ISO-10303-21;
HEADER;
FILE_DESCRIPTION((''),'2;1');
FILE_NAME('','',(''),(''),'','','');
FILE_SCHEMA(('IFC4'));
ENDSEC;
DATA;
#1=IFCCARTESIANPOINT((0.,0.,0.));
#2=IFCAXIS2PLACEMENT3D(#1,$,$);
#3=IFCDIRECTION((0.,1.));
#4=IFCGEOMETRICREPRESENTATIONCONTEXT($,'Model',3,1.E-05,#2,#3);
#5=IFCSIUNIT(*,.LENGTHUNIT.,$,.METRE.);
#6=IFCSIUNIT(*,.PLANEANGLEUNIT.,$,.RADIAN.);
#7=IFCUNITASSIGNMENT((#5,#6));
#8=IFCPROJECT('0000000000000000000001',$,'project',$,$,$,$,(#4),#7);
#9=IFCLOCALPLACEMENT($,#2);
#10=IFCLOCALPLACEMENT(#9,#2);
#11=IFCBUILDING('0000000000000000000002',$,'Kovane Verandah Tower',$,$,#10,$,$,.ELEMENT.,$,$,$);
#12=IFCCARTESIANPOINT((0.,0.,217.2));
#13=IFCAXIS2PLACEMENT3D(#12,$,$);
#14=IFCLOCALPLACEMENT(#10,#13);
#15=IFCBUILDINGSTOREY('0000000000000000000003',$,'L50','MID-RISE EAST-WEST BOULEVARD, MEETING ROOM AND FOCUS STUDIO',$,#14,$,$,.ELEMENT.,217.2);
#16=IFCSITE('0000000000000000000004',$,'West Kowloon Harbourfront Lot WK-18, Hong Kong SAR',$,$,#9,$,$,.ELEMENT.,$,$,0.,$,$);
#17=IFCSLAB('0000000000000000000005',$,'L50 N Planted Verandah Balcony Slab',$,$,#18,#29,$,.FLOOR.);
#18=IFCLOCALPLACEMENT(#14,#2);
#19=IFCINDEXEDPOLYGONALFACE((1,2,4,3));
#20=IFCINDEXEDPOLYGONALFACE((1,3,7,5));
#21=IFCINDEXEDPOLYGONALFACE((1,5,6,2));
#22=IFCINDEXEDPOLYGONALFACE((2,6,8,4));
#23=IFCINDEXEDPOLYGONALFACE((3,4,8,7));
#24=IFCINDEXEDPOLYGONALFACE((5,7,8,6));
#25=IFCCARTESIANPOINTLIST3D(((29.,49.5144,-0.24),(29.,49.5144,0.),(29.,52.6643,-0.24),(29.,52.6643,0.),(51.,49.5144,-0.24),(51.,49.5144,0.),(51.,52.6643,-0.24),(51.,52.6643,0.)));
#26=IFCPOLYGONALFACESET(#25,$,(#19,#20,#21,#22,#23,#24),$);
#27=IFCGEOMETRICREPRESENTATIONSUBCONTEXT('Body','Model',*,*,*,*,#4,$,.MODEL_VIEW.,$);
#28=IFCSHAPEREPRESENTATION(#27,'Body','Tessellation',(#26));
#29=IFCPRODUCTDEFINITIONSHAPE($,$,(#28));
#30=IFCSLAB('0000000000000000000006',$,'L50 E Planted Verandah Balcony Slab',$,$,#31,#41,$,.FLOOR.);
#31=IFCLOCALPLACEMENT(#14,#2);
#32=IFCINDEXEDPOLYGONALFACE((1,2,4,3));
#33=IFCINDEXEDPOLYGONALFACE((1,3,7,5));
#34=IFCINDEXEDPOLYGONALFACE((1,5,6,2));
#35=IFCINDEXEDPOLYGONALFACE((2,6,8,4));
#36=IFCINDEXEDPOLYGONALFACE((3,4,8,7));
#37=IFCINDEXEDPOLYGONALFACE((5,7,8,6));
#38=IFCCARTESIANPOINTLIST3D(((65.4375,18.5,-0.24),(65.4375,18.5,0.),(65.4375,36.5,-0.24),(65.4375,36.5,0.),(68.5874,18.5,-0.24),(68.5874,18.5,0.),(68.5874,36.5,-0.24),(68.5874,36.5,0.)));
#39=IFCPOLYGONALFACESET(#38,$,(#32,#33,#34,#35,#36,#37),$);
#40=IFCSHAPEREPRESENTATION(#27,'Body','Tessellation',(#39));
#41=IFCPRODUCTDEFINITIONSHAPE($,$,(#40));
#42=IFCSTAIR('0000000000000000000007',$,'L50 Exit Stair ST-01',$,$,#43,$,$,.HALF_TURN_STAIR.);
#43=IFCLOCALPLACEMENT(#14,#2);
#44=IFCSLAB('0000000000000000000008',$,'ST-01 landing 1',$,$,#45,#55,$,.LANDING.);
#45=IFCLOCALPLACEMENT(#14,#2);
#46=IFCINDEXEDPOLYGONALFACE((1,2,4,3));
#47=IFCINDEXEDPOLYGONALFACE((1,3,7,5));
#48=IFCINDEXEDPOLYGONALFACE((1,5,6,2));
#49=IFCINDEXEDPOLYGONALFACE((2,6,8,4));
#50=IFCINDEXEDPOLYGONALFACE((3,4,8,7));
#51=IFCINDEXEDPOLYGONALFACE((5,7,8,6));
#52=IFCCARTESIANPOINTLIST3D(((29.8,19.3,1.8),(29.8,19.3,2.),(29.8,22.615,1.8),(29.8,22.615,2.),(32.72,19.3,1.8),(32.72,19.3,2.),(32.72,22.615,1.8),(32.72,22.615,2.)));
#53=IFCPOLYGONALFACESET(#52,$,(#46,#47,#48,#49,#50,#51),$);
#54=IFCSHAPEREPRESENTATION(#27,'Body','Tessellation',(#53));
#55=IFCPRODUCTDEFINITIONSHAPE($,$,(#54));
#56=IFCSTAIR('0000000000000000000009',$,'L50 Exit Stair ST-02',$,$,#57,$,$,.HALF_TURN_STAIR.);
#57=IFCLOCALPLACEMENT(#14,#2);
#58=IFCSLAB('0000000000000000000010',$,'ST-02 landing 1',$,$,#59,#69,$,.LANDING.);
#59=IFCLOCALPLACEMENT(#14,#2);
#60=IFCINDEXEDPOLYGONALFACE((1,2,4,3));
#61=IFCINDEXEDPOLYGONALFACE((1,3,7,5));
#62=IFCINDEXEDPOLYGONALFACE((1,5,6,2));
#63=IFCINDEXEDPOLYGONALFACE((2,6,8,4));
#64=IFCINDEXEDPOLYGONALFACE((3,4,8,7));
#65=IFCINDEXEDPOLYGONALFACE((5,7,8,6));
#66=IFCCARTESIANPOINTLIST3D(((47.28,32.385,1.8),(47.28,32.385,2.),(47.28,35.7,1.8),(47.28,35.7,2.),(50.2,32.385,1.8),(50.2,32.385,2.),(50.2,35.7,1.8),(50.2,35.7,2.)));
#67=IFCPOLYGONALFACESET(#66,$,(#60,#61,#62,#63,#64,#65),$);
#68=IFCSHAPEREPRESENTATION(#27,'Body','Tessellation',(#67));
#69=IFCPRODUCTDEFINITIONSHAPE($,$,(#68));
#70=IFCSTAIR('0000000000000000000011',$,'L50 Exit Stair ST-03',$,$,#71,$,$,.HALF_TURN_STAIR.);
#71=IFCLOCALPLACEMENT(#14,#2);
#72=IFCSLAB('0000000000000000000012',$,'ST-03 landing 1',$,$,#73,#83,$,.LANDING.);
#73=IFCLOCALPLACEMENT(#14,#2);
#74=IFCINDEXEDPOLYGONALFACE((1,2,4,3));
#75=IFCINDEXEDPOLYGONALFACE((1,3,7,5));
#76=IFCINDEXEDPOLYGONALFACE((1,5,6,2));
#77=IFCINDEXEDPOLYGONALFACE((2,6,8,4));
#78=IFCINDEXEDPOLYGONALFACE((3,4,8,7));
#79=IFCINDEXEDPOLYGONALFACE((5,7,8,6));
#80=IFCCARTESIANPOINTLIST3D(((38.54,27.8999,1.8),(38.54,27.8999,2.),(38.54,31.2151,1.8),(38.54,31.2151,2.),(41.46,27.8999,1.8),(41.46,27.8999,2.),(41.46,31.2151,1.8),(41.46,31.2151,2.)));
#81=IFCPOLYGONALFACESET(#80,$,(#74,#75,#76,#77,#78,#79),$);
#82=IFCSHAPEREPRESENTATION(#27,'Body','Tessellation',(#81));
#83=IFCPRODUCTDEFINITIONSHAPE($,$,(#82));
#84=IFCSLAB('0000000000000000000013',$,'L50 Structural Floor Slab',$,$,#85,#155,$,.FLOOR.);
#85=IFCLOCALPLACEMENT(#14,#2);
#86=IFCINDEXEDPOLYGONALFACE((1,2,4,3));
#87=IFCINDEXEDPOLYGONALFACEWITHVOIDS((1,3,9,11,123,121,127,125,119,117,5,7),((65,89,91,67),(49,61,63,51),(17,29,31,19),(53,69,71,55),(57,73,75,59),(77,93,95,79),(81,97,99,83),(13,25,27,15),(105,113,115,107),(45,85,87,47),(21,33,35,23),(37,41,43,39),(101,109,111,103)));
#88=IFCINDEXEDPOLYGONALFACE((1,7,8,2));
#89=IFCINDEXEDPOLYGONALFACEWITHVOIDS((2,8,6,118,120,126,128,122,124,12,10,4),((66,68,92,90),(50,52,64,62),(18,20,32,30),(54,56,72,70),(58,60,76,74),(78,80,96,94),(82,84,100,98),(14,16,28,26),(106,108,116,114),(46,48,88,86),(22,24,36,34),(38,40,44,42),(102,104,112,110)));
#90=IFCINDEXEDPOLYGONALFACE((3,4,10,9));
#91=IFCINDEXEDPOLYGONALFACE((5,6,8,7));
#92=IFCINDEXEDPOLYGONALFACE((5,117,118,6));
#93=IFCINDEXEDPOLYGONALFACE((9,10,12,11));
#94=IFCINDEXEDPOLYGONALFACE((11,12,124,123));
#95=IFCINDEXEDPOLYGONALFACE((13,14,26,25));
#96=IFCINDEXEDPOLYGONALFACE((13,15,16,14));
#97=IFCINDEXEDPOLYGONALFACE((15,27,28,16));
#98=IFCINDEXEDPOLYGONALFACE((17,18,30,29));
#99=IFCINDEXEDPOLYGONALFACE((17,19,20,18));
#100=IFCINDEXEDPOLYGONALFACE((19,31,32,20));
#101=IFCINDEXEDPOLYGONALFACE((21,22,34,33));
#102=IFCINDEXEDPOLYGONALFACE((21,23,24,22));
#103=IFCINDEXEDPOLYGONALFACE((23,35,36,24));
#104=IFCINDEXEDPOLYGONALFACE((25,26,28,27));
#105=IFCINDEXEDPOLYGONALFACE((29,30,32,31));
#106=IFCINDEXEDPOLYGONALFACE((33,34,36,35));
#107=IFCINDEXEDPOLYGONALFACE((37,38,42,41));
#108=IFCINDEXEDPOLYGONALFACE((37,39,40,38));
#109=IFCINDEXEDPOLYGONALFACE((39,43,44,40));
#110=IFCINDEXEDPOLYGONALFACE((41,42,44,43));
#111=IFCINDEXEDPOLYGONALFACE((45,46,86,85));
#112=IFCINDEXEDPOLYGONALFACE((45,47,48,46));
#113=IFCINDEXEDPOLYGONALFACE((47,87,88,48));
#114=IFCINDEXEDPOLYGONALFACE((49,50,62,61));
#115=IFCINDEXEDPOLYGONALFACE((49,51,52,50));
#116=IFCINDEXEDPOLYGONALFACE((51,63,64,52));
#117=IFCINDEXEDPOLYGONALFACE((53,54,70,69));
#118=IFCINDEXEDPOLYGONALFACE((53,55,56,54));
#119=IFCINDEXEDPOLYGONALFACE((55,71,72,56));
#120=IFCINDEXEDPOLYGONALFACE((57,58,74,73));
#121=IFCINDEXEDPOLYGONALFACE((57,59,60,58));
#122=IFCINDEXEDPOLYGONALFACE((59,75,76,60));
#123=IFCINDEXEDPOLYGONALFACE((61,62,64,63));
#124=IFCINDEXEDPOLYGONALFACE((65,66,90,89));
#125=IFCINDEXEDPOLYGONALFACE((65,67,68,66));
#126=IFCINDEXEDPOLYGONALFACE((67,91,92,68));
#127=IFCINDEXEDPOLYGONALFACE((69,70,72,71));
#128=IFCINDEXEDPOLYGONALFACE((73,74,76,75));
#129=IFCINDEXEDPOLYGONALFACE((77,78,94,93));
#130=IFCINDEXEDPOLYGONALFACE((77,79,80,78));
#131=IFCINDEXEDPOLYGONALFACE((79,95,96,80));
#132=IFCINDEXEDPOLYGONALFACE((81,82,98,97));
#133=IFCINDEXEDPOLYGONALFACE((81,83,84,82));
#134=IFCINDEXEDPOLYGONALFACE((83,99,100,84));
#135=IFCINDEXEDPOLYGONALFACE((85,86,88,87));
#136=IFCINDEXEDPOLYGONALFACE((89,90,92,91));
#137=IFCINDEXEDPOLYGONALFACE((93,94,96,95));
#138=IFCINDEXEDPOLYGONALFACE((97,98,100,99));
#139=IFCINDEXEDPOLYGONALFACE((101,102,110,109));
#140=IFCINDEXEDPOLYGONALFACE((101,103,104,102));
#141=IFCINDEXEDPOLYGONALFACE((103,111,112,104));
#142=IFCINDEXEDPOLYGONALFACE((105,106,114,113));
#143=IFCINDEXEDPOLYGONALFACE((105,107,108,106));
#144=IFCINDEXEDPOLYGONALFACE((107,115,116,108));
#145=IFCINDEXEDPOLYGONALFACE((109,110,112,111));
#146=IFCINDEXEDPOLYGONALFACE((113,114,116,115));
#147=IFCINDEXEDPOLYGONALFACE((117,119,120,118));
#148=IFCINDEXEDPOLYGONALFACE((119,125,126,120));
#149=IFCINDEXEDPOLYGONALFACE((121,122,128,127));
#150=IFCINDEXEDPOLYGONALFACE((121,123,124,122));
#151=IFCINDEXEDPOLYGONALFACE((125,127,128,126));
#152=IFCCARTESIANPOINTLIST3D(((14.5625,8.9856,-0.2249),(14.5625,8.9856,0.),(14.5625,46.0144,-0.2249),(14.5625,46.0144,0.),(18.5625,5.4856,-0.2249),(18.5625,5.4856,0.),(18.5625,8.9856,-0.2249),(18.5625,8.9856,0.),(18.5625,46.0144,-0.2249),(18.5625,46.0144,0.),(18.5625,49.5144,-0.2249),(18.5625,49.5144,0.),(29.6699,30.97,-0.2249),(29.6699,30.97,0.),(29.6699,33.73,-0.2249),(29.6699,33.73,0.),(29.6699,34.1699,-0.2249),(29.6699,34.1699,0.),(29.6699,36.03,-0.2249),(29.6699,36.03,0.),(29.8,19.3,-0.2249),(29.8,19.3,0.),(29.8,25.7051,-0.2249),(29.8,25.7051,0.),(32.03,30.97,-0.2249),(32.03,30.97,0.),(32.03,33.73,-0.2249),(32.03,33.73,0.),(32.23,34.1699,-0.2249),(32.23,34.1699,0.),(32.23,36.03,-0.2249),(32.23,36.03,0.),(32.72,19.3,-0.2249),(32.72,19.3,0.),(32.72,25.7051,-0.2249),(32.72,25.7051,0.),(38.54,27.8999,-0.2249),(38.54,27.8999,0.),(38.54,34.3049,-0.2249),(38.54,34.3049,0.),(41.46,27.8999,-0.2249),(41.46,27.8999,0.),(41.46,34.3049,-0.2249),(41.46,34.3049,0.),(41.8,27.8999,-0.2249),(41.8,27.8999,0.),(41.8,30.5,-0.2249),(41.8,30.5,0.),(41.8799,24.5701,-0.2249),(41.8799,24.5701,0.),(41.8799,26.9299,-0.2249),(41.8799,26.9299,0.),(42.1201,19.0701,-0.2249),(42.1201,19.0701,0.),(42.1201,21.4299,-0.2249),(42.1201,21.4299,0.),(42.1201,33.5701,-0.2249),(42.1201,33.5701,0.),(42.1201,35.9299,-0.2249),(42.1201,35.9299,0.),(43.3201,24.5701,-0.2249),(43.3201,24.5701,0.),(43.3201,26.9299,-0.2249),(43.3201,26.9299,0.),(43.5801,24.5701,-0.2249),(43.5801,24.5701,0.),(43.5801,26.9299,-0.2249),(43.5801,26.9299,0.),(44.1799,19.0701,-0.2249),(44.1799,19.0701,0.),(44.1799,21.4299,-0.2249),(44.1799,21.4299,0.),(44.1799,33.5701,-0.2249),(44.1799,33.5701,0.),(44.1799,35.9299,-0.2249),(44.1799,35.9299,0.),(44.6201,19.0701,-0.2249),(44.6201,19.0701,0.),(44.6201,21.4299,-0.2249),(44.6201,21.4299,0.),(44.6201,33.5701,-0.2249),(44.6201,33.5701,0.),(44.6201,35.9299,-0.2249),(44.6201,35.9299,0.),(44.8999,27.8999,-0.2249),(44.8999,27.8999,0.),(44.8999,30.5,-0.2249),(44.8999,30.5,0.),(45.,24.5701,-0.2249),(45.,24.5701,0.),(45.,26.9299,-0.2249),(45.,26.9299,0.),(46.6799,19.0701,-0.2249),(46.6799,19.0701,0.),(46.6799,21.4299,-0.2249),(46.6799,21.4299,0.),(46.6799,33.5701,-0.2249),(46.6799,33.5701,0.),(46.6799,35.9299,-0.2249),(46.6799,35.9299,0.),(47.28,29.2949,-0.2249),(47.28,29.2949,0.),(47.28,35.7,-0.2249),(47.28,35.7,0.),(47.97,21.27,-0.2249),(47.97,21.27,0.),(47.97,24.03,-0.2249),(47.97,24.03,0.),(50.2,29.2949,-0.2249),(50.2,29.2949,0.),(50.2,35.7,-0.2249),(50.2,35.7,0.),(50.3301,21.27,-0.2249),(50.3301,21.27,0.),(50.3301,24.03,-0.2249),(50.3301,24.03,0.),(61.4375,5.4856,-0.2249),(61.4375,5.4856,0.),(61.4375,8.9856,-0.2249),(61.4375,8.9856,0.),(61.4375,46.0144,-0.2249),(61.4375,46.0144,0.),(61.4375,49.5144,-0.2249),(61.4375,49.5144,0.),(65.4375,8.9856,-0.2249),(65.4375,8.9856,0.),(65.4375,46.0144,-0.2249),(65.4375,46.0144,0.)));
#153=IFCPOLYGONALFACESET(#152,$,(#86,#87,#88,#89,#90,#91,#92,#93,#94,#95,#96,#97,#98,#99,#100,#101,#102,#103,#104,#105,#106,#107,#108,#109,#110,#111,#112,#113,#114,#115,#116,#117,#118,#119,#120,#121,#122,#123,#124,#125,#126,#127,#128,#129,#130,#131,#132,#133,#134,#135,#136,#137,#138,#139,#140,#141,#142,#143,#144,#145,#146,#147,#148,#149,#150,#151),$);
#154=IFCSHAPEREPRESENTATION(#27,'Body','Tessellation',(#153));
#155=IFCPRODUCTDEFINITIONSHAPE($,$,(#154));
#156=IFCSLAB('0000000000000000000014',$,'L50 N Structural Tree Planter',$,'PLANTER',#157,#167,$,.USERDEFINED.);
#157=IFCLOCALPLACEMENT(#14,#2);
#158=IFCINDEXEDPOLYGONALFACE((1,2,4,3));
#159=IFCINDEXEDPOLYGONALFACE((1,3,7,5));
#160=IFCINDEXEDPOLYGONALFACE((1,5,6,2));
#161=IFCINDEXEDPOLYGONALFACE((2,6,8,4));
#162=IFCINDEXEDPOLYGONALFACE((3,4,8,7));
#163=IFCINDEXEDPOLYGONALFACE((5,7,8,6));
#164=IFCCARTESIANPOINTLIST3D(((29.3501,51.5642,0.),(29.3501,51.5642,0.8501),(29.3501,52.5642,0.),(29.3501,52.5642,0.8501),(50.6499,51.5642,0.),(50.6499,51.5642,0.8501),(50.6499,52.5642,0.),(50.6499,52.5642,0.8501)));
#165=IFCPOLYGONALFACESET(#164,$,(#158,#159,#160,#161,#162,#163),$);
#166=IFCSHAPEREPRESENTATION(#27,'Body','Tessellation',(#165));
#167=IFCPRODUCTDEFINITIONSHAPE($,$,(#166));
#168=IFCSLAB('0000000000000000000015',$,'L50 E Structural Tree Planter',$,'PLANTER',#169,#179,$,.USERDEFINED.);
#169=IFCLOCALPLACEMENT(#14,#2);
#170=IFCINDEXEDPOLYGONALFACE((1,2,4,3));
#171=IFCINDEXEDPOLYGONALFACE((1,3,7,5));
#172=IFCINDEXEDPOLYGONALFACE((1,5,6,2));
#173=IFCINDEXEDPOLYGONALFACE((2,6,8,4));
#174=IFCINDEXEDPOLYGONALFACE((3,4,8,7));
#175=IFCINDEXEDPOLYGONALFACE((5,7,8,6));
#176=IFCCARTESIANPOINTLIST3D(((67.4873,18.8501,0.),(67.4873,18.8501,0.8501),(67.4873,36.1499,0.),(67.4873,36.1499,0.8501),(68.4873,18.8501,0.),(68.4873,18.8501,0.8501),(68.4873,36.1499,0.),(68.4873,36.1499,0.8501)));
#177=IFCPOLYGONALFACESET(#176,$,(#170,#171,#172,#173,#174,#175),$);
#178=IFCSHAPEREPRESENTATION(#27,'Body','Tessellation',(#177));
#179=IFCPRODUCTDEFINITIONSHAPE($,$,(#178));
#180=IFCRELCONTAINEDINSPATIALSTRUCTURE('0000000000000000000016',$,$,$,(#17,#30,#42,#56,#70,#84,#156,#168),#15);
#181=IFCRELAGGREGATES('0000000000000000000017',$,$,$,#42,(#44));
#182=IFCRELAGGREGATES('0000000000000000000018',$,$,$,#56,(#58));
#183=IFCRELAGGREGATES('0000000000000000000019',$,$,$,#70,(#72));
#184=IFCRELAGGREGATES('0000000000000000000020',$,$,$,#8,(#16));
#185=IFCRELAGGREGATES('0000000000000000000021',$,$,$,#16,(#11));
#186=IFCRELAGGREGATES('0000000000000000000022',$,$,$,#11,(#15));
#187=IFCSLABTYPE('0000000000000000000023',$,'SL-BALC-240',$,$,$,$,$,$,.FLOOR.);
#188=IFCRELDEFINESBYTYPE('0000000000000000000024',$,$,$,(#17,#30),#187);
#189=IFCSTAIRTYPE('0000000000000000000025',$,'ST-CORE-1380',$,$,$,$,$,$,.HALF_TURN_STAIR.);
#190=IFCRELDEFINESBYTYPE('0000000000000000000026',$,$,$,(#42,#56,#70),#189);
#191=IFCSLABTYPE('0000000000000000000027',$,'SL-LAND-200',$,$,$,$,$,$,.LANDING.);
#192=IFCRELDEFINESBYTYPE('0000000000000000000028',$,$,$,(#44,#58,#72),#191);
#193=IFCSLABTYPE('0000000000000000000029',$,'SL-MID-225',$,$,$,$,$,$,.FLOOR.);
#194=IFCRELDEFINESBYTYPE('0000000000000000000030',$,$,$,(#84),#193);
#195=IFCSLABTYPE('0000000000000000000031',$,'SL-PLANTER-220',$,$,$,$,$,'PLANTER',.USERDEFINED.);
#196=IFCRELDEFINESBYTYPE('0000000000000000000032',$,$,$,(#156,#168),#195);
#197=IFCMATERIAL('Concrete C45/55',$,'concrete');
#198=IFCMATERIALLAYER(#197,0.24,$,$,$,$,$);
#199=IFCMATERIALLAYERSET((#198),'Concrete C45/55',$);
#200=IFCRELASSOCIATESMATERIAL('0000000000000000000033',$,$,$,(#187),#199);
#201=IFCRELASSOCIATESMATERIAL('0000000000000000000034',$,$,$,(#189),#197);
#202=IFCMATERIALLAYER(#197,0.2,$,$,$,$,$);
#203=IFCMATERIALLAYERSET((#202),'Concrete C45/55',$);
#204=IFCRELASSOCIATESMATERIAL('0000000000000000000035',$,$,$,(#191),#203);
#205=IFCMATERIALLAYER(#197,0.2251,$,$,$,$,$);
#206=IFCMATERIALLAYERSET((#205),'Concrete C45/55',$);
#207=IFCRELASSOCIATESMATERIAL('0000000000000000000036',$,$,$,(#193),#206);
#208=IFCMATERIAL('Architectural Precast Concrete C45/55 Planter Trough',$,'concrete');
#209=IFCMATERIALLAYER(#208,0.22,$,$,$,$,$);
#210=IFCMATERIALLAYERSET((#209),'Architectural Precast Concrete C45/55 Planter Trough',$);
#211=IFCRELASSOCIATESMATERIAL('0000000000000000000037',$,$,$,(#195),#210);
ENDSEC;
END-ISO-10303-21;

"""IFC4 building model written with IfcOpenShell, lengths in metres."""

from ifc_helpers import new_model, si_unit, direction, frame, origin, place, context, subcontext, project, spatial, polyline, outline, extrude, material, layer, layer_set, type_object, element, aggregate, save


model = new_model("IFC4")

# Units and contexts
model_context = context("Model", 3, precision=1e-05, world=origin(), true_north=direction((0.0, 1.0)))
body_context = subcontext(model_context, "Body", "Model", "MODEL_VIEW")
ifc_project = project(units=[si_unit("LENGTHUNIT", "METRE"), si_unit("PLANEANGLEUNIT", "RADIAN")], contexts=[model_context])

# Site, building, storey
site_placement = place(None, origin())
site = spatial("IfcSite", under=ifc_project, at=site_placement, Name="West Kowloon Harbourfront Lot WK-18, Hong Kong SAR", CompositionType="ELEMENT", RefElevation=0.0)
building_placement = place(site_placement, origin())
building = spatial("IfcBuilding", under=site, at=building_placement, Name="Kovane Verandah Tower", CompositionType="ELEMENT")
storey_placement = place(building_placement, frame((0.0, 0.0, 217.2)))
storey = spatial("IfcBuildingStorey", under=building, at=storey_placement, Name="L50", Description="MID-RISE EAST-WEST BOULEVARD, MEETING ROOM AND FOCUS STUDIO", CompositionType="ELEMENT", Elevation=217.2)

# Slabs
ifc_material_1 = material(Name="Concrete C45/55", Category="concrete")
ifc_layer_1 = layer(ifc_material_1, 0.24)
ifc_layer_set_1 = layer_set([ifc_layer_1], Name="Concrete C45/55")
slab_type_1 = type_object("IfcSlabType", Name="SL-BALC-240", PredefinedType="FLOOR", material=ifc_layer_set_1)
slab_1_placement = place(storey_placement, frame((0.0, 0.0, -0.24)))
element("IfcSlab", 1, at=slab_1_placement, inside=storey, type_object=slab_type_1, Name="L50 N Planted Verandah Balcony Slab", PredefinedType="FLOOR", context=body_context, shape_type="SweptSolid", body=[
    extrude(outline(polyline([(29.0, 49.5144), (51.0, 49.5144), (51.0, 52.6643), (29.0, 52.6643), (29.0, 49.5144)])), origin(), (0.0, 0.0, 1.0), 0.24),
])
slab_2_placement = place(storey_placement, frame((0.0, 0.0, -0.24)))
element("IfcSlab", 2, at=slab_2_placement, inside=storey, type_object=slab_type_1, Name="L50 E Planted Verandah Balcony Slab", PredefinedType="FLOOR", context=body_context, shape_type="SweptSolid", body=[
    extrude(outline(polyline([(65.4375, 18.5), (68.5874, 18.5), (68.5874, 36.5), (65.4375, 36.5), (65.4375, 18.5)])), origin(), (0.0, 0.0, 1.0), 0.24),
])

# Stairs, slabs
stair_type = type_object("IfcStairType", Name="ST-CORE-1380", PredefinedType="HALF_TURN_STAIR", material=ifc_material_1)
stair_1_placement = place(storey_placement, origin())
stair_1 = element("IfcStair", 3, at=stair_1_placement, inside=storey, type_object=stair_type, Name="L50 Exit Stair ST-01", PredefinedType="HALF_TURN_STAIR")
ifc_layer_2 = layer(ifc_material_1, 0.2)
ifc_layer_set_2 = layer_set([ifc_layer_2], Name="Concrete C45/55")
slab_type_2 = type_object("IfcSlabType", Name="SL-LAND-200", PredefinedType="LANDING", material=ifc_layer_set_2)
slab_3_placement = place(storey_placement, frame((0.0, 0.0, 1.8)))
slab_3 = element("IfcSlab", 4, at=slab_3_placement, type_object=slab_type_2, Name="ST-01 landing 1", PredefinedType="LANDING", context=body_context, shape_type="SweptSolid", body=[
    extrude(outline(polyline([(29.8, 22.615), (29.8, 19.3), (32.72, 19.3), (32.72, 22.615), (29.8, 22.615)])), origin(), (0.0, 0.0, 1.0), 0.2),
])
aggregate(stair_1, [slab_3])
stair_2_placement = place(storey_placement, origin())
stair_2 = element("IfcStair", 5, at=stair_2_placement, inside=storey, type_object=stair_type, Name="L50 Exit Stair ST-02", PredefinedType="HALF_TURN_STAIR")
slab_4_placement = place(storey_placement, frame((0.0, 0.0, 1.8)))
slab_4 = element("IfcSlab", 6, at=slab_4_placement, type_object=slab_type_2, Name="ST-02 landing 1", PredefinedType="LANDING", context=body_context, shape_type="SweptSolid", body=[
    extrude(outline(polyline([(50.2, 32.385), (50.2, 35.7), (47.28, 35.7), (47.28, 32.385), (50.2, 32.385)])), origin(), (0.0, 0.0, 1.0), 0.2),
])
aggregate(stair_2, [slab_4])
stair_3_placement = place(storey_placement, origin())
stair_3 = element("IfcStair", 7, at=stair_3_placement, inside=storey, type_object=stair_type, Name="L50 Exit Stair ST-03", PredefinedType="HALF_TURN_STAIR")
slab_5_placement = place(storey_placement, frame((0.0, 0.0, 1.8)))
slab_5 = element("IfcSlab", 8, at=slab_5_placement, type_object=slab_type_2, Name="ST-03 landing 1", PredefinedType="LANDING", context=body_context, shape_type="SweptSolid", body=[
    extrude(outline(polyline([(38.54, 31.2151), (38.54, 27.8999), (41.46, 27.8999), (41.46, 31.2151), (38.54, 31.2151)])), origin(), (0.0, 0.0, 1.0), 0.2),
])
aggregate(stair_3, [slab_5])

# Slabs
ifc_layer_3 = layer(ifc_material_1, 0.2251)
ifc_layer_set_3 = layer_set([ifc_layer_3], Name="Concrete C45/55")
slab_type_3 = type_object("IfcSlabType", Name="SL-MID-225", PredefinedType="FLOOR", material=ifc_layer_set_3)
slab_6_placement = place(storey_placement, frame((0.0, 0.0, -0.2249)))
element("IfcSlab", 9, at=slab_6_placement, inside=storey, type_object=slab_type_3, Name="L50 Structural Floor Slab", PredefinedType="FLOOR", context=body_context, shape_type="SweptSolid", body=[
    extrude(outline(polyline([(18.5625, 5.4856), (61.4375, 5.4856), (61.4375, 8.9856), (65.4375, 8.9856), (65.4375, 46.0144), (61.4375, 46.0144), (61.4375, 49.5144), (18.5625, 49.5144), (18.5625, 46.0144), (14.5625, 46.0144), (14.5625, 8.9856), (18.5625, 8.9856), (18.5625, 5.4856)]), holes=[polyline([(29.8, 19.3), (32.72, 19.3), (32.72, 25.7051), (29.8, 25.7051), (29.8, 19.3)]), polyline([(47.28, 29.2949), (50.2, 29.2949), (50.2, 35.7), (47.28, 35.7), (47.28, 29.2949)]), polyline([(38.54, 27.8999), (41.46, 27.8999), (41.46, 34.3049), (38.54, 34.3049), (38.54, 27.8999)]), polyline([(29.6699, 30.97), (32.03, 30.97), (32.03, 33.73), (29.6699, 33.73), (29.6699, 30.97)]), polyline([(47.97, 21.27), (50.3301, 21.27), (50.3301, 24.03), (47.97, 24.03), (47.97, 21.27)]), polyline([(29.6699, 34.1699), (32.23, 34.1699), (32.23, 36.03), (29.6699, 36.03), (29.6699, 34.1699)]), polyline([(42.1201, 19.0701), (44.1799, 19.0701), (44.1799, 21.4299), (42.1201, 21.4299), (42.1201, 19.0701)]), polyline([(44.6201, 19.0701), (46.6799, 19.0701), (46.6799, 21.4299), (44.6201, 21.4299), (44.6201, 19.0701)]), polyline([(41.8799, 24.5701), (43.3201, 24.5701), (43.3201, 26.9299), (41.8799, 26.9299), (41.8799, 24.5701)]), polyline([(43.5801, 24.5701), (45.0, 24.5701), (45.0, 26.9299), (43.5801, 26.9299), (43.5801, 24.5701)]), polyline([(42.1201, 33.5701), (44.1799, 33.5701), (44.1799, 35.9299), (42.1201, 35.9299), (42.1201, 33.5701)]), polyline([(44.6201, 33.5701), (46.6799, 33.5701), (46.6799, 35.9299), (44.6201, 35.9299), (44.6201, 33.5701)]), polyline([(41.8, 27.8999), (44.8999, 27.8999), (44.8999, 30.5), (41.8, 30.5), (41.8, 27.8999)])]), origin(), (0.0, 0.0, 1.0), 0.2249),
])
ifc_material_2 = material(Name="Architectural Precast Concrete C45/55 Planter Trough", Category="concrete")
ifc_layer_4 = layer(ifc_material_2, 0.22)
ifc_layer_set_4 = layer_set([ifc_layer_4], Name="Architectural Precast Concrete C45/55 Planter Trough")
slab_type_4 = type_object("IfcSlabType", Name="SL-PLANTER-220", ElementType="PLANTER", PredefinedType="USERDEFINED", material=ifc_layer_set_4)
slab_7_placement = place(storey_placement, origin())
element("IfcSlab", 10, at=slab_7_placement, inside=storey, type_object=slab_type_4, Name="L50 N Structural Tree Planter", ObjectType="PLANTER", PredefinedType="USERDEFINED", context=body_context, shape_type="SweptSolid", body=[
    extrude(outline(polyline([(29.3501, 51.5642), (50.6499, 51.5642), (50.6499, 52.5642), (29.3501, 52.5642), (29.3501, 51.5642)])), origin(), (0.0, 0.0, 1.0), 0.8501),
])
slab_8_placement = place(storey_placement, origin())
element("IfcSlab", 11, at=slab_8_placement, inside=storey, type_object=slab_type_4, Name="L50 E Structural Tree Planter", ObjectType="PLANTER", PredefinedType="USERDEFINED", context=body_context, shape_type="SweptSolid", body=[
    extrude(outline(polyline([(67.4873, 18.8501), (68.4873, 18.8501), (68.4873, 36.1499), (67.4873, 36.1499), (67.4873, 18.8501)])), origin(), (0.0, 0.0, 1.0), 0.8501),
])

save(model, "model.ifc")
